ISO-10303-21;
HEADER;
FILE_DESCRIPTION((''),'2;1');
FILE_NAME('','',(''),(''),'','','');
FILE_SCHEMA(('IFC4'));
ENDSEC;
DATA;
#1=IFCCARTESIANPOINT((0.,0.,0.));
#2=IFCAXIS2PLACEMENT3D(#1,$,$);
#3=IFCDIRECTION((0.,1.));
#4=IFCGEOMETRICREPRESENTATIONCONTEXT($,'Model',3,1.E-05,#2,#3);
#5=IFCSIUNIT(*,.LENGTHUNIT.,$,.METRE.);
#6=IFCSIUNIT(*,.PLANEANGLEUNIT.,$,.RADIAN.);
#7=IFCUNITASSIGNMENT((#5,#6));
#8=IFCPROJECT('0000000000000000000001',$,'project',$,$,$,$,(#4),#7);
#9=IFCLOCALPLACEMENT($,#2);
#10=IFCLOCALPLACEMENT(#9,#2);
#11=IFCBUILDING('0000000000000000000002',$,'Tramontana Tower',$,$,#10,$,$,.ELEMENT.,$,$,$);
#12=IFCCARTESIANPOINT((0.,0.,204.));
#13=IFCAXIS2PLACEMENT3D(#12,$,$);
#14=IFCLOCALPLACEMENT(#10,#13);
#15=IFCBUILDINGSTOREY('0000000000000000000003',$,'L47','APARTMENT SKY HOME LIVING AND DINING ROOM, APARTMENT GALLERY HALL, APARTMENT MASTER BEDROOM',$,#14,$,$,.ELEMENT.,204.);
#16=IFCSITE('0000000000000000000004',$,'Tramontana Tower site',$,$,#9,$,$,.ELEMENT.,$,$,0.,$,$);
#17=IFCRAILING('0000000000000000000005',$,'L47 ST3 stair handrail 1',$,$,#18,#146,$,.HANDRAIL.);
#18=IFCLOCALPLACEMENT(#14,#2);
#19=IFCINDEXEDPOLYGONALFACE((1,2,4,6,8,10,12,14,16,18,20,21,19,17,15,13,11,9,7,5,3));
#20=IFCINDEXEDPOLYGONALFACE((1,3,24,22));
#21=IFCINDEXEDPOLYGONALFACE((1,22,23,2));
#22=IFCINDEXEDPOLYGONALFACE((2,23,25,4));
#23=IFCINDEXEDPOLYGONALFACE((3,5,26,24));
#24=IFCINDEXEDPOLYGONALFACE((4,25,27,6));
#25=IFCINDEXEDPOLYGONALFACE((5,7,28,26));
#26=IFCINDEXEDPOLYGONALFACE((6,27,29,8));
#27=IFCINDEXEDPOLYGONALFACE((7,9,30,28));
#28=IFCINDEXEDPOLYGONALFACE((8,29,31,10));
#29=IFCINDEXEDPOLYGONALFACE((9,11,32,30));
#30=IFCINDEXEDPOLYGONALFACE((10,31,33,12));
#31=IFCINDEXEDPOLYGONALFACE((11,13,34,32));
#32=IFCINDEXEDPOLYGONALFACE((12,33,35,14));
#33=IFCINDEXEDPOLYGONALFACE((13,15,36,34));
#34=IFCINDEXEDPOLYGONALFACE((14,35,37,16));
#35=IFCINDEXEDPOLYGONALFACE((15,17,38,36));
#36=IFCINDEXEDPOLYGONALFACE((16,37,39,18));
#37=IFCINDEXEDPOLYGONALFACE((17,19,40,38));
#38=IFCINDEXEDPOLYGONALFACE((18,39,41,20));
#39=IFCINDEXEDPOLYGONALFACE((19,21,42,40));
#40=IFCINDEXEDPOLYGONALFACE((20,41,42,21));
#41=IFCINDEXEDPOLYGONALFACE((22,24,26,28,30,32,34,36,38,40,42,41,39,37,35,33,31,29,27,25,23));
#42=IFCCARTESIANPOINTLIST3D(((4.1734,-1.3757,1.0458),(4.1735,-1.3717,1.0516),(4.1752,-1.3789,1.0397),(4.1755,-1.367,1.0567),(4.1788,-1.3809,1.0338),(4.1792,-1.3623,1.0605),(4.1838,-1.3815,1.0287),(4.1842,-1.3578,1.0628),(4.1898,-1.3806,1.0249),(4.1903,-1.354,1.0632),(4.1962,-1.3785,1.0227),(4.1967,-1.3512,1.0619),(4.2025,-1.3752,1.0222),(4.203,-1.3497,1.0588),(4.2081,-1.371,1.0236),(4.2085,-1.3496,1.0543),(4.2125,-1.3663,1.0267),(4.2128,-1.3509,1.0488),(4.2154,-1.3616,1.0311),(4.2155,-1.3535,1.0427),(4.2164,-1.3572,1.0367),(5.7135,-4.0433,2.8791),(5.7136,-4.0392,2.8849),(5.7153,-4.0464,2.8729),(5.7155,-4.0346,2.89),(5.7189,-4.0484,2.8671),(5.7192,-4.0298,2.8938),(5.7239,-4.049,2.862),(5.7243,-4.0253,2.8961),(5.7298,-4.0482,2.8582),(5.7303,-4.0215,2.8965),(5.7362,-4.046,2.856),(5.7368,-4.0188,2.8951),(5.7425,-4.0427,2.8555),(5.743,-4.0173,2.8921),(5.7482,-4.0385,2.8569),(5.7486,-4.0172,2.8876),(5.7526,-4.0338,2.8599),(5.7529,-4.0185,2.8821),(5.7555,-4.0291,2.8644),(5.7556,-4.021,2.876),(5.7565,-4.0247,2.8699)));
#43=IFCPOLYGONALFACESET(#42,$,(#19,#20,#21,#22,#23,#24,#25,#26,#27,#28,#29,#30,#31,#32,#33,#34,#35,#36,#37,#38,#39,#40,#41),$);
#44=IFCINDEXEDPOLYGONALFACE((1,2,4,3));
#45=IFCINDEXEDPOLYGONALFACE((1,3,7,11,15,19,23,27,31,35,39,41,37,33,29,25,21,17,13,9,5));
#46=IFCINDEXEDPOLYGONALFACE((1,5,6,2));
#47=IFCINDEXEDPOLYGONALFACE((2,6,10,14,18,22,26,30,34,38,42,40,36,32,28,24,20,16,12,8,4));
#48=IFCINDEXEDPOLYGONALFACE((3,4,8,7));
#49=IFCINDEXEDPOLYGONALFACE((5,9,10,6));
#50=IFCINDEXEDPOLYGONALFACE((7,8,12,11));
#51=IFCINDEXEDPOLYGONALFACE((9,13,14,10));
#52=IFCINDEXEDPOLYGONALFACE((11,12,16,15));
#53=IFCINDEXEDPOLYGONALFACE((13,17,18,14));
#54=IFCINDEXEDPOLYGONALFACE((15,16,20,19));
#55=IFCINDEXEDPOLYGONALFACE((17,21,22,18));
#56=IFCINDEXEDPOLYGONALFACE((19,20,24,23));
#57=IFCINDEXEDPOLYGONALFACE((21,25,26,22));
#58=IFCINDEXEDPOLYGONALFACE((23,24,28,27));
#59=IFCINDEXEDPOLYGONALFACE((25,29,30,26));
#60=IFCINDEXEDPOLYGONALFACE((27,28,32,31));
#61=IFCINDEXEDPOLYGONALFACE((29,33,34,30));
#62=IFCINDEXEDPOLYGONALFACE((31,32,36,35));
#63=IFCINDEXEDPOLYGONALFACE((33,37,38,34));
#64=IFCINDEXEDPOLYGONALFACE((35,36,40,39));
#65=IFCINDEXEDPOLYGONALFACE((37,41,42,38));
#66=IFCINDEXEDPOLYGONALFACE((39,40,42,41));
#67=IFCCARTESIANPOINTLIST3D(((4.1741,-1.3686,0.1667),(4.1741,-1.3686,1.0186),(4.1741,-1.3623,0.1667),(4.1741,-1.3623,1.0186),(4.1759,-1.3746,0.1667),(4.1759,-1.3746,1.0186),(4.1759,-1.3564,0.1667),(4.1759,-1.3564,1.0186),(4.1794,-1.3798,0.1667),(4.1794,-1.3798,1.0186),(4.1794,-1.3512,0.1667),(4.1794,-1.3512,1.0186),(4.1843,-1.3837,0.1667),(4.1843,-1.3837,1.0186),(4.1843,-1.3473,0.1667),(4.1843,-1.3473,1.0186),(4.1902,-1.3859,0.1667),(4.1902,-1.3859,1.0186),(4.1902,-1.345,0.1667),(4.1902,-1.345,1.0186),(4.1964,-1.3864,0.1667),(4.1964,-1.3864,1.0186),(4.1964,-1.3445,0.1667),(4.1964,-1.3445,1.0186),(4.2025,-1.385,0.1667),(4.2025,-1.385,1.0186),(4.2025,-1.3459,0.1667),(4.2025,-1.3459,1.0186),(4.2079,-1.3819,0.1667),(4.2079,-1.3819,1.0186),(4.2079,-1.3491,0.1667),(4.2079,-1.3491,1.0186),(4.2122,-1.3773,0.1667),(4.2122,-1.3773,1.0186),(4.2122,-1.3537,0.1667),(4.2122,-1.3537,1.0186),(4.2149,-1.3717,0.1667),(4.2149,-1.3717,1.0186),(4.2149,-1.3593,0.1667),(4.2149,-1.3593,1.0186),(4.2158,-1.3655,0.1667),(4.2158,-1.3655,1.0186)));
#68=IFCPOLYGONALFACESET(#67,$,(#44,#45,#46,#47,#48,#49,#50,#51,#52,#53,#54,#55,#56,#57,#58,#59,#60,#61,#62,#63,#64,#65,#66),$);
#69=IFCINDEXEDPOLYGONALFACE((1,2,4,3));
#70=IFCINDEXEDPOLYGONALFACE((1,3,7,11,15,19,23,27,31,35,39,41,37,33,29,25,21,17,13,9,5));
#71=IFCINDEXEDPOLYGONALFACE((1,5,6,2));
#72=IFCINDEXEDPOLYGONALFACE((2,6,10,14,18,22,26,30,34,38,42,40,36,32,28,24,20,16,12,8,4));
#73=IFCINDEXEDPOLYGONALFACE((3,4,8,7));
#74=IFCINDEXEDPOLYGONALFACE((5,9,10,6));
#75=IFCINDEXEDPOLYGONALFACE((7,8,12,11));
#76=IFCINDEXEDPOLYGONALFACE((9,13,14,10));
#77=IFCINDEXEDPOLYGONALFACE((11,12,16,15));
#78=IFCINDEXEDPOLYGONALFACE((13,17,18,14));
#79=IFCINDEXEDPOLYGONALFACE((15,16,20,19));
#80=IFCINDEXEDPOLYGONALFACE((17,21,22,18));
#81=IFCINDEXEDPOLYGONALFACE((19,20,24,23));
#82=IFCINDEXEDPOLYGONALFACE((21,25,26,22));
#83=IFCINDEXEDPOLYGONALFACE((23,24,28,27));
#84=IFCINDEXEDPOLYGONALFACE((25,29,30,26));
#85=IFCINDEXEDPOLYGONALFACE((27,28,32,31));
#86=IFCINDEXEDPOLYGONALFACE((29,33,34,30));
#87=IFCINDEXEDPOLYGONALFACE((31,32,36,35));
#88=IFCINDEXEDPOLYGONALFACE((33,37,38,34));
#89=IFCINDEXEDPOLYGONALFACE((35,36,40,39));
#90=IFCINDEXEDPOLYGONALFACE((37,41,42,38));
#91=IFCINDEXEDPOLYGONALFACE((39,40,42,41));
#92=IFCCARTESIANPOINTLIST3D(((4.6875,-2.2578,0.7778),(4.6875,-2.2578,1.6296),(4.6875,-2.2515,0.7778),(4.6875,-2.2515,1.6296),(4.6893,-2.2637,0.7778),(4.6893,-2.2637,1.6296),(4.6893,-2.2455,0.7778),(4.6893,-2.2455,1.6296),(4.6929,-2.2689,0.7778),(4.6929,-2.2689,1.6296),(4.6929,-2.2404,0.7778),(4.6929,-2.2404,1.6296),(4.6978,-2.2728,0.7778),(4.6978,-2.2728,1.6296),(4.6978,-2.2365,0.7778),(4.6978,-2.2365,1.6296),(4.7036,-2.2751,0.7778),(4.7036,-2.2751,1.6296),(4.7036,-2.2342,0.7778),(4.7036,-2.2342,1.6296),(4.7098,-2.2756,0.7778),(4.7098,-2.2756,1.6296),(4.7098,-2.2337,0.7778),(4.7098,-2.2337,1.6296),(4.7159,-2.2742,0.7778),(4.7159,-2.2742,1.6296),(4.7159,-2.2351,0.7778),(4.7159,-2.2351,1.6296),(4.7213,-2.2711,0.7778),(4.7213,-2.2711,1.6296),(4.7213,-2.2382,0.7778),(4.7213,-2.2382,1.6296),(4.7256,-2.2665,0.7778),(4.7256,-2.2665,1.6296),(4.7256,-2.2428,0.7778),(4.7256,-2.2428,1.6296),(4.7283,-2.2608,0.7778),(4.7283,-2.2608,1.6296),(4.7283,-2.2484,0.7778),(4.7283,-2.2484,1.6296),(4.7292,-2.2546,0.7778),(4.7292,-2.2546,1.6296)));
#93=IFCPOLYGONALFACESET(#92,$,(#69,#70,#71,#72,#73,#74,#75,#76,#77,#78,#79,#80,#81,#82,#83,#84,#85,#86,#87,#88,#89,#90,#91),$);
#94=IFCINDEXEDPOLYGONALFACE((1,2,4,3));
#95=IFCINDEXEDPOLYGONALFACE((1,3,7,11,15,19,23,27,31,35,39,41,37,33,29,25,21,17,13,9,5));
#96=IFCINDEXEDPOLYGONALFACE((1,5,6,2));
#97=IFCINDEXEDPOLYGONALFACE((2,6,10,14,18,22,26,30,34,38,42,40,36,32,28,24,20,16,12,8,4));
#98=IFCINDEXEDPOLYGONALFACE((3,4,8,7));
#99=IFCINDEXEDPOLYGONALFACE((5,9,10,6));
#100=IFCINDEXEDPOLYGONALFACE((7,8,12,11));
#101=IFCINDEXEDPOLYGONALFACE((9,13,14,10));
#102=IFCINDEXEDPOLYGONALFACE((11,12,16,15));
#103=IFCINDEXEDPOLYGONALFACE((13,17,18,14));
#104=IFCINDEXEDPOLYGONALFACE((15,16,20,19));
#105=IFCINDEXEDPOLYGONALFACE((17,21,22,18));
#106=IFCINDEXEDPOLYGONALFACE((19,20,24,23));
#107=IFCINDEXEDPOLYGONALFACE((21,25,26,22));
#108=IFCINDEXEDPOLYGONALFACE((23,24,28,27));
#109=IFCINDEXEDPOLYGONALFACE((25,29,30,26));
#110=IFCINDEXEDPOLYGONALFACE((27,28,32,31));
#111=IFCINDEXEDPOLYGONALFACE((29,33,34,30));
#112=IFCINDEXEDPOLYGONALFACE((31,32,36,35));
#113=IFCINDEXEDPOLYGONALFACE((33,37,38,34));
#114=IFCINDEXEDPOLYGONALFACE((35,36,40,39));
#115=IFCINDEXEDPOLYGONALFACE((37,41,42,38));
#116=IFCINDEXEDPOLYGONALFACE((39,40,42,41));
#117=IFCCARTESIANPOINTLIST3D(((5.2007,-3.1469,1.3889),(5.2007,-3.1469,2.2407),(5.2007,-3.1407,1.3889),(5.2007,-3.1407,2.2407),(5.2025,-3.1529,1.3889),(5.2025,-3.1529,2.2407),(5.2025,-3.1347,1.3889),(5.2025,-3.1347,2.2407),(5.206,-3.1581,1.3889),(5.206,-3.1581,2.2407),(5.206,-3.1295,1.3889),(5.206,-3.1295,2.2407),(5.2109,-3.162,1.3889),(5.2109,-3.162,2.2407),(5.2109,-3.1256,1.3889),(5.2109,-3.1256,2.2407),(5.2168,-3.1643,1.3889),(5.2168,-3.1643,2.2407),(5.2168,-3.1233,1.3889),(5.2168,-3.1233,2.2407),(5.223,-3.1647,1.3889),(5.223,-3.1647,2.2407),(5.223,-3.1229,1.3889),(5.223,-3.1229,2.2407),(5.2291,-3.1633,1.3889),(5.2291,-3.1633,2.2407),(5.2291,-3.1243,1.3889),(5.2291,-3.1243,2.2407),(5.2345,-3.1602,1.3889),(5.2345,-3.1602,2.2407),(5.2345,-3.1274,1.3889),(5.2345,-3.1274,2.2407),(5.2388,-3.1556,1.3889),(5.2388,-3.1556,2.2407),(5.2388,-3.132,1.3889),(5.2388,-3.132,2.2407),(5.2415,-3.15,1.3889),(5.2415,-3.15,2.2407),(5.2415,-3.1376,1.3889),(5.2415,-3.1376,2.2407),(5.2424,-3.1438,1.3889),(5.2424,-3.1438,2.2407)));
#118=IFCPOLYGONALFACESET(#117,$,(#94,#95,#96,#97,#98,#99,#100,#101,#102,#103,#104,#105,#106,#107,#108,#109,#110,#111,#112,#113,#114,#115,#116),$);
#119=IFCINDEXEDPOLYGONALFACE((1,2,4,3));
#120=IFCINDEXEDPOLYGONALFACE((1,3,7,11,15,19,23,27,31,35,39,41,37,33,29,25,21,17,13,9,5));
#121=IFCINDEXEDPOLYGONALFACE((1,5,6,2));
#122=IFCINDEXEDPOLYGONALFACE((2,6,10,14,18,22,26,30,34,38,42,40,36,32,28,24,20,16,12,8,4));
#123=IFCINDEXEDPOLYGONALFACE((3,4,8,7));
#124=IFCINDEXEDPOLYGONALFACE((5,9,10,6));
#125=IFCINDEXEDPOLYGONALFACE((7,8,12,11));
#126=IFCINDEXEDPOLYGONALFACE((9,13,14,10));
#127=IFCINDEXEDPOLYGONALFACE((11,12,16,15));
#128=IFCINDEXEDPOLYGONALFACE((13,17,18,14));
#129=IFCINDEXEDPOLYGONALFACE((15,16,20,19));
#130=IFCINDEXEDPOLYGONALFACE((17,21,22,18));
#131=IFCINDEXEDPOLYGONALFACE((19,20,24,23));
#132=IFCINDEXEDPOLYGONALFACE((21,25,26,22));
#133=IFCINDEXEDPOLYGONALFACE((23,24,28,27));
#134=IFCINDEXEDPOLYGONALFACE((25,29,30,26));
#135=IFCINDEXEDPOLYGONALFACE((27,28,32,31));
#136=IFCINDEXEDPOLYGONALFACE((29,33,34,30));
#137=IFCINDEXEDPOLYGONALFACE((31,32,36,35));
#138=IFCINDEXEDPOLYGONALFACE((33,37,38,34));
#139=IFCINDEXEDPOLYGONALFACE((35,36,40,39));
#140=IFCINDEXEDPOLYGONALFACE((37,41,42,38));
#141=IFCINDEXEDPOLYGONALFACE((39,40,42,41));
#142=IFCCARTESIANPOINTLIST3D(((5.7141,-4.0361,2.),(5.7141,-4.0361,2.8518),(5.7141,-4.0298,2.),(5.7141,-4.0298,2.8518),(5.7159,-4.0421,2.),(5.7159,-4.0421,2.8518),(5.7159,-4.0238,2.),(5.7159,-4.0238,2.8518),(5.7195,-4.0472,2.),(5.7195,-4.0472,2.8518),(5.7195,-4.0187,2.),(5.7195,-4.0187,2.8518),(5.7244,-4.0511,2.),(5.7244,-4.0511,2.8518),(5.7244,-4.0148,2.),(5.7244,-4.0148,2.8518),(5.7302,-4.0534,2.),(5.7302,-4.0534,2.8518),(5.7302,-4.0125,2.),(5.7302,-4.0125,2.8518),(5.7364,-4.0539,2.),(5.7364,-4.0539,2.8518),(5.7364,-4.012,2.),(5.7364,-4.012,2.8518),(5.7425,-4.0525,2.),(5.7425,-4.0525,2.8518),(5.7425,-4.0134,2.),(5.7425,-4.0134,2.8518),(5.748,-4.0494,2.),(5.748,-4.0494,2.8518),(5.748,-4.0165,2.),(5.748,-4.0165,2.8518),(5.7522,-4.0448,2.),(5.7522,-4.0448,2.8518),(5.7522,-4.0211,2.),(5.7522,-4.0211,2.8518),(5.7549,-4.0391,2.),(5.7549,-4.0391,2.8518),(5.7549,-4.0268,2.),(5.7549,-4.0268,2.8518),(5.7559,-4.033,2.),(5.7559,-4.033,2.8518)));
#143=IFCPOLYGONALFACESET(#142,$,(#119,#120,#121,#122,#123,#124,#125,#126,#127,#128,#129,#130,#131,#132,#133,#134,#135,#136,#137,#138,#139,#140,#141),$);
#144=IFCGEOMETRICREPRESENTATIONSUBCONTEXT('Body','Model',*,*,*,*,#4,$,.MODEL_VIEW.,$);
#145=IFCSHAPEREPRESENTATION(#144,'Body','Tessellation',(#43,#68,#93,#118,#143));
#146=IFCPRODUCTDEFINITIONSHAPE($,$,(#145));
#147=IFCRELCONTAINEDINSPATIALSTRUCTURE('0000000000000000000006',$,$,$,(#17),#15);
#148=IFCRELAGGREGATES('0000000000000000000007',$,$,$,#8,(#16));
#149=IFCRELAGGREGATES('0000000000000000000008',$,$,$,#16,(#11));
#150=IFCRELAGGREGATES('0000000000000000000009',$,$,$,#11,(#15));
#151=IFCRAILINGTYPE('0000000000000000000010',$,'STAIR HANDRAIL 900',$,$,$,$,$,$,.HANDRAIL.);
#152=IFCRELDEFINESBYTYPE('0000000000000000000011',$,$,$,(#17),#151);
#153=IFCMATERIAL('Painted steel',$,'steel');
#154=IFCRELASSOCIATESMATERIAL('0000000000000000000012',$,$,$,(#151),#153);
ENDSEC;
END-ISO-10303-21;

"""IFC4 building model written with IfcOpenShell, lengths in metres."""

from ifc_helpers import new_model, si_unit, direction, frame, origin, origin_2d, place, context, subcontext, project, spatial, circle, extrude, material, type_object, element, save


model = new_model("IFC4")

# Units and contexts
model_context = context("Model", 3, precision=1e-05, world=origin(), true_north=direction((0.0, 1.0)))
body_context = subcontext(model_context, "Body", "Model", "MODEL_VIEW")
ifc_project = project(units=[si_unit("LENGTHUNIT", "METRE"), si_unit("PLANEANGLEUNIT", "RADIAN")], contexts=[model_context])

# Site, building, storey
site_placement = place(None, origin())
site = spatial("IfcSite", under=ifc_project, at=site_placement, Name="Tramontana Tower site", CompositionType="ELEMENT", RefElevation=0.0)
building_placement = place(site_placement, origin())
building = spatial("IfcBuilding", under=site, at=building_placement, Name="Tramontana Tower", CompositionType="ELEMENT")
storey_placement = place(building_placement, frame((0.0, 0.0, 204.0)))
storey = spatial("IfcBuildingStorey", under=building, at=storey_placement, Name="L47", Description="APARTMENT SKY HOME LIVING AND DINING ROOM, APARTMENT GALLERY HALL, APARTMENT MASTER BEDROOM", CompositionType="ELEMENT", Elevation=204.0)

# Railing
ifc_material_1 = material(Name="Painted steel", Category="steel")
railing_type_1 = type_object("IfcRailingType", Name="STAIR HANDRAIL 900", PredefinedType="HANDRAIL", material=ifc_material_1)
railing_1_placement = place(storey_placement, frame((4.1948, -1.3655, 0.1667)))
element("IfcRailing", 1, at=railing_1_placement, inside=storey, type_object=railing_type_1, Name="L47 ST3 stair handrail 1", PredefinedType="HANDRAIL", context=body_context, shape_type="SweptSolid", body=[
    extrude(circle(Radius=0.0239, at=origin_2d()), frame((0.0, 0.0, 0.876), z_axis=(0.429649, -0.74419, 0.511452), x_axis=(0.86603, 0.499992, 0.0)), (0.0, 0.0, 1.0), 3.5845),
    extrude(circle(Radius=0.021, at=origin_2d()), origin(), (0.0, 0.0, 1.0), 0.8518),
    extrude(circle(Radius=0.021, at=origin_2d()), frame((0.5134, -0.8892, 0.6111)), (0.0, 0.0, 1.0), 0.8518),
    extrude(circle(Radius=0.021, at=origin_2d()), frame((1.0266, -1.7783, 1.2222)), (0.0, 0.0, 1.0), 0.8518),
    extrude(circle(Radius=0.021, at=origin_2d()), frame((1.54, -2.6675, 1.8333)), (0.0, 0.0, 1.0), 0.8518),
])

save(model, "model.ifc")
